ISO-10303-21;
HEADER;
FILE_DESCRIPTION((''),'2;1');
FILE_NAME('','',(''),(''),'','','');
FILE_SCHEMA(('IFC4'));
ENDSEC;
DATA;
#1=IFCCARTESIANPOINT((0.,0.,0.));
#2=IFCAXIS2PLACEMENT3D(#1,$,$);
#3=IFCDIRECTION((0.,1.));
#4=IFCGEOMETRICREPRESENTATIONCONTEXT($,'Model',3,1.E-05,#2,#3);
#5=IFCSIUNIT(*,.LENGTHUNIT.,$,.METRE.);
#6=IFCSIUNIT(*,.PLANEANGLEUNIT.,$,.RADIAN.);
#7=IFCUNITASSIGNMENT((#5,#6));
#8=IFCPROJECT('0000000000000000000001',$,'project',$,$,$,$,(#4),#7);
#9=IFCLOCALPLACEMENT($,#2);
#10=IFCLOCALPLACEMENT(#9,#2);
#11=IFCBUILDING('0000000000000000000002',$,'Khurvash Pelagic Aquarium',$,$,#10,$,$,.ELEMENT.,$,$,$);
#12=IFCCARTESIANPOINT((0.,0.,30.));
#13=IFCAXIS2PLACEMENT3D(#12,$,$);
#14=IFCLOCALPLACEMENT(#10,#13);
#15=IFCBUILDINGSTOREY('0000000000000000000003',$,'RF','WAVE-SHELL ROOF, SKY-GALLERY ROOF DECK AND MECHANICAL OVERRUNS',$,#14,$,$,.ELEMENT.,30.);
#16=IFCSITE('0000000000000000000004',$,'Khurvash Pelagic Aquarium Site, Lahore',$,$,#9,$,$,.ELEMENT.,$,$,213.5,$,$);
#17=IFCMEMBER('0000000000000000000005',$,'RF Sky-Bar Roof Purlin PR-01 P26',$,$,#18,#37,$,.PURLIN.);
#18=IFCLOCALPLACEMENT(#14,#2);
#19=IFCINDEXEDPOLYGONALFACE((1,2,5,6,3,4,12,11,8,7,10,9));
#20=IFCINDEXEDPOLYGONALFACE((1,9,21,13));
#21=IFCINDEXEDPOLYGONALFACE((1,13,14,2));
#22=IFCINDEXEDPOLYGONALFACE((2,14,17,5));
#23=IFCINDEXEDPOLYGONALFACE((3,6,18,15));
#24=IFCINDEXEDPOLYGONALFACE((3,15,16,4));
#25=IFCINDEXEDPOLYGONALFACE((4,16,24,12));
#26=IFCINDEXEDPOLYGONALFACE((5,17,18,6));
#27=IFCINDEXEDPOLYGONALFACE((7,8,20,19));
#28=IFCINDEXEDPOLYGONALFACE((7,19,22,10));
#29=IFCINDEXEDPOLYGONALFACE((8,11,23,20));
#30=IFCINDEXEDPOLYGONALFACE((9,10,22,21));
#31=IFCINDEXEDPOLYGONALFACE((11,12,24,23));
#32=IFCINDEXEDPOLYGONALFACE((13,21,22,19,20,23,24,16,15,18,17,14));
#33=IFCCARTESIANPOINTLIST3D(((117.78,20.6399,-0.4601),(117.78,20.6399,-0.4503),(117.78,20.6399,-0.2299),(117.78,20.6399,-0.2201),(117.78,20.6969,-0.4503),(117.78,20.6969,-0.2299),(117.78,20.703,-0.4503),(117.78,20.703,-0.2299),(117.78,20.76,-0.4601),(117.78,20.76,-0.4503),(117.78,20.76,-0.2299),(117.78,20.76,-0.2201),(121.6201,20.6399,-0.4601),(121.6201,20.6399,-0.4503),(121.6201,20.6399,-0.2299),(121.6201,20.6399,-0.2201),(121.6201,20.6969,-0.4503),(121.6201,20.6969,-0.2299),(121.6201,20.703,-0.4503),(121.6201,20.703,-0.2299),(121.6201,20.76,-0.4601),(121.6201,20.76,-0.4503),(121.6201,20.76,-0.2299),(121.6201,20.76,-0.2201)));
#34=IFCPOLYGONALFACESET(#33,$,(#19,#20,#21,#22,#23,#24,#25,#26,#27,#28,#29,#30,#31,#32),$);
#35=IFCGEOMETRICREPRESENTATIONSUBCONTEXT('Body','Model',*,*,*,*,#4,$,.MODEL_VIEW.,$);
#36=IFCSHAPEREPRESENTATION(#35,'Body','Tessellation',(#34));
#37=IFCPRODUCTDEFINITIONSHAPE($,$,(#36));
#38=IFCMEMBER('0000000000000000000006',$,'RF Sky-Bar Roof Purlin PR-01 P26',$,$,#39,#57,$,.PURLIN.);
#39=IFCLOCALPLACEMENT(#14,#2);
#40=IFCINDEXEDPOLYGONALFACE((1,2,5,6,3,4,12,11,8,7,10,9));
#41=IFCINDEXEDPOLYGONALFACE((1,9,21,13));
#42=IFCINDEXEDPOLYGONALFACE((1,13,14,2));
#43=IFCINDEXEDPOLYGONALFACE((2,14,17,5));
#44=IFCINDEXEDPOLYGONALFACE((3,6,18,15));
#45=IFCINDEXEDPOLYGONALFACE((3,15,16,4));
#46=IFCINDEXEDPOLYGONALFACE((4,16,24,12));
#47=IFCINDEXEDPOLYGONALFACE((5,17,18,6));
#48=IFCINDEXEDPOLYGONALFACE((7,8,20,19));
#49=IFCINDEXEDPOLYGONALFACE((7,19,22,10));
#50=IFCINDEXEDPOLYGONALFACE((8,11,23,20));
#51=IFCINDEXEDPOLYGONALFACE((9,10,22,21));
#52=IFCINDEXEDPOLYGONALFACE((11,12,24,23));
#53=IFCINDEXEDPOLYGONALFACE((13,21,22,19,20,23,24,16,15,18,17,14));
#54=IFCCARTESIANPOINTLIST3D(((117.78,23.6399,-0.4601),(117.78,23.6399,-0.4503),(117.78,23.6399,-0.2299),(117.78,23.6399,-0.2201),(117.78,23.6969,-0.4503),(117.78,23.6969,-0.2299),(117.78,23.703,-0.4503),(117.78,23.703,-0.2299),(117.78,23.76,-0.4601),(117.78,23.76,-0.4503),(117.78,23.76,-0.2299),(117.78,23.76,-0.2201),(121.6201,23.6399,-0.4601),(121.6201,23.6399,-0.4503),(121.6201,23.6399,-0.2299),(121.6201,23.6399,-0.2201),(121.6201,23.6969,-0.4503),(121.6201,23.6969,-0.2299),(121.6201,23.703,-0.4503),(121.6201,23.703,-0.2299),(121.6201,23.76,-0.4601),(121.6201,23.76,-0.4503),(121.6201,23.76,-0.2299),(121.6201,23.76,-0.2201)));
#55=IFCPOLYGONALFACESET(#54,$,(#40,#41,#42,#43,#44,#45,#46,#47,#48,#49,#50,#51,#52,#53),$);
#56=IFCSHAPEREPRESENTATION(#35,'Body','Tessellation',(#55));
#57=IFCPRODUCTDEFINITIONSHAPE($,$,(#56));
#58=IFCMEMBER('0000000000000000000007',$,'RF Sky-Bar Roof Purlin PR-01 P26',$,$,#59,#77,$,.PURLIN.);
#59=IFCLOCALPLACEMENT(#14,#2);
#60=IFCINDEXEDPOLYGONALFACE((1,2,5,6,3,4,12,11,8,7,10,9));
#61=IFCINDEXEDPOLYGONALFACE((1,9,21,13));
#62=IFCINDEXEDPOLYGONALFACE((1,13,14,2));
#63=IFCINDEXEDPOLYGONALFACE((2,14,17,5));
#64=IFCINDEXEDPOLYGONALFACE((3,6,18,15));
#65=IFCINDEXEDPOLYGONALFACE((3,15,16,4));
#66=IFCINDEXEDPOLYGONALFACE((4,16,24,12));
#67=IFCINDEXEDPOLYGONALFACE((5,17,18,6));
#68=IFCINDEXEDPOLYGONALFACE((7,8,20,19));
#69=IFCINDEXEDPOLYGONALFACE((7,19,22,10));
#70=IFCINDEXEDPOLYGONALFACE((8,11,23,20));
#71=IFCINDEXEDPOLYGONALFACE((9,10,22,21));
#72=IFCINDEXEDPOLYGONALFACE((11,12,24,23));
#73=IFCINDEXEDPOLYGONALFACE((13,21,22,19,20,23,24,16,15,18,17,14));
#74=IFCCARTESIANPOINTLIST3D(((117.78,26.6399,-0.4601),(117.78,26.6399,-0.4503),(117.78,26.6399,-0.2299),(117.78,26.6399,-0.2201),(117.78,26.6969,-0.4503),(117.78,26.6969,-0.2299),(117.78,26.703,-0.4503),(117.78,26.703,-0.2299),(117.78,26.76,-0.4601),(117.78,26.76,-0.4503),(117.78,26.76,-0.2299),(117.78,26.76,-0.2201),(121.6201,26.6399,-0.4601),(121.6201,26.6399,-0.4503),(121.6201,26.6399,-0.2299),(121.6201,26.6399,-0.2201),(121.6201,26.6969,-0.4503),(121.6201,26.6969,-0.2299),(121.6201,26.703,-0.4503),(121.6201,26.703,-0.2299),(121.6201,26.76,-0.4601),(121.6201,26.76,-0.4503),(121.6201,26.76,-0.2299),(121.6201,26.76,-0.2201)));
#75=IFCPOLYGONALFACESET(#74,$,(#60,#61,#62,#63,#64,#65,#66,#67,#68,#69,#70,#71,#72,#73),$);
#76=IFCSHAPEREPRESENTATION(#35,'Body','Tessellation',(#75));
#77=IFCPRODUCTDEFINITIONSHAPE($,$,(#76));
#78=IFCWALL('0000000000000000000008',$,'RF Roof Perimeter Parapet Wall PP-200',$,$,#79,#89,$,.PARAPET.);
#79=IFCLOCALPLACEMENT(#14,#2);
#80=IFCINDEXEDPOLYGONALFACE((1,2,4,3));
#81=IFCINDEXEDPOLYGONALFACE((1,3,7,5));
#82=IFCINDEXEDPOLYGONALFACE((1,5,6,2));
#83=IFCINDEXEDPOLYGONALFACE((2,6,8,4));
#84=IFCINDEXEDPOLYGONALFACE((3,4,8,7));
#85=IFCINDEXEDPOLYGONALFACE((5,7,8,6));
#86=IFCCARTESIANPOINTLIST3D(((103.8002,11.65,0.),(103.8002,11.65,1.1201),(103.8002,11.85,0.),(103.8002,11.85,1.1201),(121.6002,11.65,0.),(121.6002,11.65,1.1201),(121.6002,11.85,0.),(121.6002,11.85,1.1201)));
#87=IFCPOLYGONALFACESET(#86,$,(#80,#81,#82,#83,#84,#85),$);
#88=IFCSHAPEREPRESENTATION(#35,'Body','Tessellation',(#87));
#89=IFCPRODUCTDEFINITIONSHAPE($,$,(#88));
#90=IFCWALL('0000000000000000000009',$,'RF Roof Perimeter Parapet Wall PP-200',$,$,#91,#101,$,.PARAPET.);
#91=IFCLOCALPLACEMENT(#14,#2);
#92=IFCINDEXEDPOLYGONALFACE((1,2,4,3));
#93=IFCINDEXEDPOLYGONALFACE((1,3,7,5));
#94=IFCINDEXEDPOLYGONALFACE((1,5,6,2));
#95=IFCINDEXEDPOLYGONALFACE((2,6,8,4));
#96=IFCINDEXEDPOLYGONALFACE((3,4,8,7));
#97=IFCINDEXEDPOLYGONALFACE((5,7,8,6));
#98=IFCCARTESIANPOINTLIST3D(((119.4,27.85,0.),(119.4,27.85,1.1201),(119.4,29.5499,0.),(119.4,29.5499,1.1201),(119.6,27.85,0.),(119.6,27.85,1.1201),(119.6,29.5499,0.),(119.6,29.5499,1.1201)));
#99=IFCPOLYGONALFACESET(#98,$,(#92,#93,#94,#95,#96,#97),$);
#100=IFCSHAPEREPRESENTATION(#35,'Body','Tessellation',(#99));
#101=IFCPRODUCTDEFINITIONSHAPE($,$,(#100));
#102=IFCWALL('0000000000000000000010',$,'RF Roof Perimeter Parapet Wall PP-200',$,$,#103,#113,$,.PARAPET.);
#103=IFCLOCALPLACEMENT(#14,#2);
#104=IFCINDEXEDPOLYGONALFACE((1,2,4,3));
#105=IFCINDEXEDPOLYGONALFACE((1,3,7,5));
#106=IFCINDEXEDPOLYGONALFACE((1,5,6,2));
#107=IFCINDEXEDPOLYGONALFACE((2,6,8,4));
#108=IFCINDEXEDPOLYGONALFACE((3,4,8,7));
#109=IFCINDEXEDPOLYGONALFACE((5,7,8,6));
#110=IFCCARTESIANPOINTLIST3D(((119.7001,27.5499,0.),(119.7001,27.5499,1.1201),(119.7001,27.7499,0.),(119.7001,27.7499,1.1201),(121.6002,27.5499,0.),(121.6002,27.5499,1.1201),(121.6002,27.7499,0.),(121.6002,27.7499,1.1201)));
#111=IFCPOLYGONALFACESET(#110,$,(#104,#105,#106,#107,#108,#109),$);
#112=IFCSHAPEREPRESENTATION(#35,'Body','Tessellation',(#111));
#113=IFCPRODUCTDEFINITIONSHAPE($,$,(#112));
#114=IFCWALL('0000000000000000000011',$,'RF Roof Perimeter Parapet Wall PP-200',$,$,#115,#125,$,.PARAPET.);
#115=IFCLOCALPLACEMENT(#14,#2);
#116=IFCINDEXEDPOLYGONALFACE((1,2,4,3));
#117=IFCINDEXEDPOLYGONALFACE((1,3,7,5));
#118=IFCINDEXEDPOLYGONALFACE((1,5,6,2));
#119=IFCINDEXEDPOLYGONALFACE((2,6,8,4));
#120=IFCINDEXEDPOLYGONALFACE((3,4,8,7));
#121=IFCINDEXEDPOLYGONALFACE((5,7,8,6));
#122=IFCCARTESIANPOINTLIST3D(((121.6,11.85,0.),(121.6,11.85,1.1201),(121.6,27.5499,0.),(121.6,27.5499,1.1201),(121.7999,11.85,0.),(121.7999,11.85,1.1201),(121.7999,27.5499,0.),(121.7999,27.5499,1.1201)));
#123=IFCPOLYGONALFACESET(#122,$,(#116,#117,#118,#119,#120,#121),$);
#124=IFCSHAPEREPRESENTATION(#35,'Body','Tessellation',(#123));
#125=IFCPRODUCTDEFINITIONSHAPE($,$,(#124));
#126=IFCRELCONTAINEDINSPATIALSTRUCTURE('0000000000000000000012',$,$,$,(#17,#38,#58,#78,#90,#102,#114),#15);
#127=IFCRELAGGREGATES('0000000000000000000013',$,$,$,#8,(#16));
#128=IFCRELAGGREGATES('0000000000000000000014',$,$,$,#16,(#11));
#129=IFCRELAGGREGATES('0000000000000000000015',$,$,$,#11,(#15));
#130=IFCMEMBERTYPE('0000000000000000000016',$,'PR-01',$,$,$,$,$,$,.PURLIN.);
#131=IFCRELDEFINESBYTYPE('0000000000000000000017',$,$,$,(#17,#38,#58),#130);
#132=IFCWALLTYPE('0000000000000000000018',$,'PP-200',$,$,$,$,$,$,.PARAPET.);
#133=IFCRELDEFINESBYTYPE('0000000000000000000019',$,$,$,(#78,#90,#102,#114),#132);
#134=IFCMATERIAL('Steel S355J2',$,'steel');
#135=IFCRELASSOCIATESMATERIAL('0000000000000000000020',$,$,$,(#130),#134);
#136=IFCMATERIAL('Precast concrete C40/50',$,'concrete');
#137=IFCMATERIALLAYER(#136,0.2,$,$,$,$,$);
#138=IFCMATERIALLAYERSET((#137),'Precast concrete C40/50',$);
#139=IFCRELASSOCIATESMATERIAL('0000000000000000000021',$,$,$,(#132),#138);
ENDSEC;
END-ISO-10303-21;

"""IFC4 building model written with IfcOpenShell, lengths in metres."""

from ifc_helpers import new_model, si_unit, direction, frame, frame_2d, origin, origin_2d, place, context, subcontext, project, spatial, rectangle, i_section, extrude, material, layer, layer_set, material_profile, profile_set, type_object, element, save


model = new_model("IFC4")

# Units and contexts
model_context = context("Model", 3, precision=1e-05, world=origin(), true_north=direction((0.0, 1.0)))
body_context = subcontext(model_context, "Body", "Model", "MODEL_VIEW")
ifc_project = project(units=[si_unit("LENGTHUNIT", "METRE"), si_unit("PLANEANGLEUNIT", "RADIAN")], contexts=[model_context])

# Site, building, storey
site_placement = place(None, origin())
site = spatial("IfcSite", under=ifc_project, at=site_placement, Name="Khurvash Pelagic Aquarium Site, Lahore", CompositionType="ELEMENT", RefElevation=213.5)
building_placement = place(site_placement, origin())
building = spatial("IfcBuilding", under=site, at=building_placement, Name="Khurvash Pelagic Aquarium", CompositionType="ELEMENT")
storey_placement = place(building_placement, frame((0.0, 0.0, 30.0)))
storey = spatial("IfcBuildingStorey", under=building, at=storey_placement, Name="RF", Description="WAVE-SHELL ROOF, SKY-GALLERY ROOF DECK AND MECHANICAL OVERRUNS", CompositionType="ELEMENT", Elevation=30.0)

# Members
ifc_material_1 = material(Name="Steel S355J2", Category="steel")
ifc_material_profile_1 = material_profile(ifc_material_1, i_section(OverallWidth=0.1201, OverallDepth=0.24, WebThickness=0.0061, FlangeThickness=0.0098, at=origin_2d()), Name="IPE240")
ifc_profile_set_1 = profile_set([ifc_material_profile_1], Name="Steel S355J2")
member_type = type_object("IfcMemberType", Name="PR-01", PredefinedType="PURLIN", material=ifc_profile_set_1)
for number, where, z_axis, x_axis, name in (
    (1, (117.78, 20.7, -0.3401), (1.0, 0.0, 0.0), (0.0, 1.0, 0.0), "RF Sky-Bar Roof Purlin PR-01 P26"),
    (2, (117.78, 23.7, -0.3401), (1.0, 0.0, 0.0), (0.0, 1.0, 0.0), "RF Sky-Bar Roof Purlin PR-01 P26"),
    (3, (117.78, 26.7, -0.3401), (1.0, 0.0, 0.0), (0.0, 1.0, 0.0), "RF Sky-Bar Roof Purlin PR-01 P26"),
):
    element("IfcMember", number, at=place(storey_placement, frame(where, z_axis=z_axis, x_axis=x_axis)), inside=storey, type_object=member_type, Name=name, PredefinedType="PURLIN", context=body_context, shape_type="SweptSolid", body=[
        extrude(i_section(OverallWidth=0.1201, OverallDepth=0.24, WebThickness=0.0061, FlangeThickness=0.0098, at=origin_2d()), origin(), (0.0, 0.0, 1.0), 3.8401),
    ])

# Walls
ifc_material_2 = material(Name="Precast concrete C40/50", Category="concrete")
ifc_layer = layer(ifc_material_2, 0.2)
ifc_layer_set = layer_set([ifc_layer], Name="Precast concrete C40/50")
wall_type = type_object("IfcWallType", Name="PP-200", PredefinedType="PARAPET", material=ifc_layer_set)
wall_1_placement = place(storey_placement, frame((121.6001, 11.75, 0.0), z_axis=(0.0, 0.0, 1.0), x_axis=(-1.0, 0.0, 0.0)))
element("IfcWall", 4, at=wall_1_placement, inside=storey, type_object=wall_type, Name="RF Roof Perimeter Parapet Wall PP-200", PredefinedType="PARAPET", context=body_context, shape_type="SweptSolid", body=[
    extrude(rectangle(XDim=17.8, YDim=0.2, at=frame_2d((8.8999, 0.0))), origin(), (0.0, 0.0, 1.0), 1.1201),
])
wall_2_placement = place(storey_placement, frame((119.5, 29.55, 0.0), z_axis=(0.0, 0.0, 1.0), x_axis=(0.0, -1.0, 0.0)))
element("IfcWall", 5, at=wall_2_placement, inside=storey, type_object=wall_type, Name="RF Roof Perimeter Parapet Wall PP-200", PredefinedType="PARAPET", context=body_context, shape_type="SweptSolid", body=[
    extrude(rectangle(XDim=1.7, YDim=0.2, at=frame_2d((0.8501, 0.0))), origin(), (0.0, 0.0, 1.0), 1.1201),
])
wall_3_placement = place(storey_placement, frame((119.7, 27.6499, 0.0), z_axis=(0.0, 0.0, 1.0), x_axis=(1.0, 0.0, 0.0)))
element("IfcWall", 6, at=wall_3_placement, inside=storey, type_object=wall_type, Name="RF Roof Perimeter Parapet Wall PP-200", PredefinedType="PARAPET", context=body_context, shape_type="SweptSolid", body=[
    extrude(rectangle(XDim=1.9001, YDim=0.2, at=frame_2d((0.9502, 0.0))), origin(), (0.0, 0.0, 1.0), 1.1201),
])
wall_4_placement = place(storey_placement, frame((121.7, 27.55, 0.0), z_axis=(0.0, 0.0, 1.0), x_axis=(0.0, -1.0, 0.0)))
element("IfcWall", 7, at=wall_4_placement, inside=storey, type_object=wall_type, Name="RF Roof Perimeter Parapet Wall PP-200", PredefinedType="PARAPET", context=body_context, shape_type="SweptSolid", body=[
    extrude(rectangle(XDim=15.7, YDim=0.2, at=frame_2d((7.8501, 0.0))), origin(), (0.0, 0.0, 1.0), 1.1201),
])

save(model, "model.ifc")
